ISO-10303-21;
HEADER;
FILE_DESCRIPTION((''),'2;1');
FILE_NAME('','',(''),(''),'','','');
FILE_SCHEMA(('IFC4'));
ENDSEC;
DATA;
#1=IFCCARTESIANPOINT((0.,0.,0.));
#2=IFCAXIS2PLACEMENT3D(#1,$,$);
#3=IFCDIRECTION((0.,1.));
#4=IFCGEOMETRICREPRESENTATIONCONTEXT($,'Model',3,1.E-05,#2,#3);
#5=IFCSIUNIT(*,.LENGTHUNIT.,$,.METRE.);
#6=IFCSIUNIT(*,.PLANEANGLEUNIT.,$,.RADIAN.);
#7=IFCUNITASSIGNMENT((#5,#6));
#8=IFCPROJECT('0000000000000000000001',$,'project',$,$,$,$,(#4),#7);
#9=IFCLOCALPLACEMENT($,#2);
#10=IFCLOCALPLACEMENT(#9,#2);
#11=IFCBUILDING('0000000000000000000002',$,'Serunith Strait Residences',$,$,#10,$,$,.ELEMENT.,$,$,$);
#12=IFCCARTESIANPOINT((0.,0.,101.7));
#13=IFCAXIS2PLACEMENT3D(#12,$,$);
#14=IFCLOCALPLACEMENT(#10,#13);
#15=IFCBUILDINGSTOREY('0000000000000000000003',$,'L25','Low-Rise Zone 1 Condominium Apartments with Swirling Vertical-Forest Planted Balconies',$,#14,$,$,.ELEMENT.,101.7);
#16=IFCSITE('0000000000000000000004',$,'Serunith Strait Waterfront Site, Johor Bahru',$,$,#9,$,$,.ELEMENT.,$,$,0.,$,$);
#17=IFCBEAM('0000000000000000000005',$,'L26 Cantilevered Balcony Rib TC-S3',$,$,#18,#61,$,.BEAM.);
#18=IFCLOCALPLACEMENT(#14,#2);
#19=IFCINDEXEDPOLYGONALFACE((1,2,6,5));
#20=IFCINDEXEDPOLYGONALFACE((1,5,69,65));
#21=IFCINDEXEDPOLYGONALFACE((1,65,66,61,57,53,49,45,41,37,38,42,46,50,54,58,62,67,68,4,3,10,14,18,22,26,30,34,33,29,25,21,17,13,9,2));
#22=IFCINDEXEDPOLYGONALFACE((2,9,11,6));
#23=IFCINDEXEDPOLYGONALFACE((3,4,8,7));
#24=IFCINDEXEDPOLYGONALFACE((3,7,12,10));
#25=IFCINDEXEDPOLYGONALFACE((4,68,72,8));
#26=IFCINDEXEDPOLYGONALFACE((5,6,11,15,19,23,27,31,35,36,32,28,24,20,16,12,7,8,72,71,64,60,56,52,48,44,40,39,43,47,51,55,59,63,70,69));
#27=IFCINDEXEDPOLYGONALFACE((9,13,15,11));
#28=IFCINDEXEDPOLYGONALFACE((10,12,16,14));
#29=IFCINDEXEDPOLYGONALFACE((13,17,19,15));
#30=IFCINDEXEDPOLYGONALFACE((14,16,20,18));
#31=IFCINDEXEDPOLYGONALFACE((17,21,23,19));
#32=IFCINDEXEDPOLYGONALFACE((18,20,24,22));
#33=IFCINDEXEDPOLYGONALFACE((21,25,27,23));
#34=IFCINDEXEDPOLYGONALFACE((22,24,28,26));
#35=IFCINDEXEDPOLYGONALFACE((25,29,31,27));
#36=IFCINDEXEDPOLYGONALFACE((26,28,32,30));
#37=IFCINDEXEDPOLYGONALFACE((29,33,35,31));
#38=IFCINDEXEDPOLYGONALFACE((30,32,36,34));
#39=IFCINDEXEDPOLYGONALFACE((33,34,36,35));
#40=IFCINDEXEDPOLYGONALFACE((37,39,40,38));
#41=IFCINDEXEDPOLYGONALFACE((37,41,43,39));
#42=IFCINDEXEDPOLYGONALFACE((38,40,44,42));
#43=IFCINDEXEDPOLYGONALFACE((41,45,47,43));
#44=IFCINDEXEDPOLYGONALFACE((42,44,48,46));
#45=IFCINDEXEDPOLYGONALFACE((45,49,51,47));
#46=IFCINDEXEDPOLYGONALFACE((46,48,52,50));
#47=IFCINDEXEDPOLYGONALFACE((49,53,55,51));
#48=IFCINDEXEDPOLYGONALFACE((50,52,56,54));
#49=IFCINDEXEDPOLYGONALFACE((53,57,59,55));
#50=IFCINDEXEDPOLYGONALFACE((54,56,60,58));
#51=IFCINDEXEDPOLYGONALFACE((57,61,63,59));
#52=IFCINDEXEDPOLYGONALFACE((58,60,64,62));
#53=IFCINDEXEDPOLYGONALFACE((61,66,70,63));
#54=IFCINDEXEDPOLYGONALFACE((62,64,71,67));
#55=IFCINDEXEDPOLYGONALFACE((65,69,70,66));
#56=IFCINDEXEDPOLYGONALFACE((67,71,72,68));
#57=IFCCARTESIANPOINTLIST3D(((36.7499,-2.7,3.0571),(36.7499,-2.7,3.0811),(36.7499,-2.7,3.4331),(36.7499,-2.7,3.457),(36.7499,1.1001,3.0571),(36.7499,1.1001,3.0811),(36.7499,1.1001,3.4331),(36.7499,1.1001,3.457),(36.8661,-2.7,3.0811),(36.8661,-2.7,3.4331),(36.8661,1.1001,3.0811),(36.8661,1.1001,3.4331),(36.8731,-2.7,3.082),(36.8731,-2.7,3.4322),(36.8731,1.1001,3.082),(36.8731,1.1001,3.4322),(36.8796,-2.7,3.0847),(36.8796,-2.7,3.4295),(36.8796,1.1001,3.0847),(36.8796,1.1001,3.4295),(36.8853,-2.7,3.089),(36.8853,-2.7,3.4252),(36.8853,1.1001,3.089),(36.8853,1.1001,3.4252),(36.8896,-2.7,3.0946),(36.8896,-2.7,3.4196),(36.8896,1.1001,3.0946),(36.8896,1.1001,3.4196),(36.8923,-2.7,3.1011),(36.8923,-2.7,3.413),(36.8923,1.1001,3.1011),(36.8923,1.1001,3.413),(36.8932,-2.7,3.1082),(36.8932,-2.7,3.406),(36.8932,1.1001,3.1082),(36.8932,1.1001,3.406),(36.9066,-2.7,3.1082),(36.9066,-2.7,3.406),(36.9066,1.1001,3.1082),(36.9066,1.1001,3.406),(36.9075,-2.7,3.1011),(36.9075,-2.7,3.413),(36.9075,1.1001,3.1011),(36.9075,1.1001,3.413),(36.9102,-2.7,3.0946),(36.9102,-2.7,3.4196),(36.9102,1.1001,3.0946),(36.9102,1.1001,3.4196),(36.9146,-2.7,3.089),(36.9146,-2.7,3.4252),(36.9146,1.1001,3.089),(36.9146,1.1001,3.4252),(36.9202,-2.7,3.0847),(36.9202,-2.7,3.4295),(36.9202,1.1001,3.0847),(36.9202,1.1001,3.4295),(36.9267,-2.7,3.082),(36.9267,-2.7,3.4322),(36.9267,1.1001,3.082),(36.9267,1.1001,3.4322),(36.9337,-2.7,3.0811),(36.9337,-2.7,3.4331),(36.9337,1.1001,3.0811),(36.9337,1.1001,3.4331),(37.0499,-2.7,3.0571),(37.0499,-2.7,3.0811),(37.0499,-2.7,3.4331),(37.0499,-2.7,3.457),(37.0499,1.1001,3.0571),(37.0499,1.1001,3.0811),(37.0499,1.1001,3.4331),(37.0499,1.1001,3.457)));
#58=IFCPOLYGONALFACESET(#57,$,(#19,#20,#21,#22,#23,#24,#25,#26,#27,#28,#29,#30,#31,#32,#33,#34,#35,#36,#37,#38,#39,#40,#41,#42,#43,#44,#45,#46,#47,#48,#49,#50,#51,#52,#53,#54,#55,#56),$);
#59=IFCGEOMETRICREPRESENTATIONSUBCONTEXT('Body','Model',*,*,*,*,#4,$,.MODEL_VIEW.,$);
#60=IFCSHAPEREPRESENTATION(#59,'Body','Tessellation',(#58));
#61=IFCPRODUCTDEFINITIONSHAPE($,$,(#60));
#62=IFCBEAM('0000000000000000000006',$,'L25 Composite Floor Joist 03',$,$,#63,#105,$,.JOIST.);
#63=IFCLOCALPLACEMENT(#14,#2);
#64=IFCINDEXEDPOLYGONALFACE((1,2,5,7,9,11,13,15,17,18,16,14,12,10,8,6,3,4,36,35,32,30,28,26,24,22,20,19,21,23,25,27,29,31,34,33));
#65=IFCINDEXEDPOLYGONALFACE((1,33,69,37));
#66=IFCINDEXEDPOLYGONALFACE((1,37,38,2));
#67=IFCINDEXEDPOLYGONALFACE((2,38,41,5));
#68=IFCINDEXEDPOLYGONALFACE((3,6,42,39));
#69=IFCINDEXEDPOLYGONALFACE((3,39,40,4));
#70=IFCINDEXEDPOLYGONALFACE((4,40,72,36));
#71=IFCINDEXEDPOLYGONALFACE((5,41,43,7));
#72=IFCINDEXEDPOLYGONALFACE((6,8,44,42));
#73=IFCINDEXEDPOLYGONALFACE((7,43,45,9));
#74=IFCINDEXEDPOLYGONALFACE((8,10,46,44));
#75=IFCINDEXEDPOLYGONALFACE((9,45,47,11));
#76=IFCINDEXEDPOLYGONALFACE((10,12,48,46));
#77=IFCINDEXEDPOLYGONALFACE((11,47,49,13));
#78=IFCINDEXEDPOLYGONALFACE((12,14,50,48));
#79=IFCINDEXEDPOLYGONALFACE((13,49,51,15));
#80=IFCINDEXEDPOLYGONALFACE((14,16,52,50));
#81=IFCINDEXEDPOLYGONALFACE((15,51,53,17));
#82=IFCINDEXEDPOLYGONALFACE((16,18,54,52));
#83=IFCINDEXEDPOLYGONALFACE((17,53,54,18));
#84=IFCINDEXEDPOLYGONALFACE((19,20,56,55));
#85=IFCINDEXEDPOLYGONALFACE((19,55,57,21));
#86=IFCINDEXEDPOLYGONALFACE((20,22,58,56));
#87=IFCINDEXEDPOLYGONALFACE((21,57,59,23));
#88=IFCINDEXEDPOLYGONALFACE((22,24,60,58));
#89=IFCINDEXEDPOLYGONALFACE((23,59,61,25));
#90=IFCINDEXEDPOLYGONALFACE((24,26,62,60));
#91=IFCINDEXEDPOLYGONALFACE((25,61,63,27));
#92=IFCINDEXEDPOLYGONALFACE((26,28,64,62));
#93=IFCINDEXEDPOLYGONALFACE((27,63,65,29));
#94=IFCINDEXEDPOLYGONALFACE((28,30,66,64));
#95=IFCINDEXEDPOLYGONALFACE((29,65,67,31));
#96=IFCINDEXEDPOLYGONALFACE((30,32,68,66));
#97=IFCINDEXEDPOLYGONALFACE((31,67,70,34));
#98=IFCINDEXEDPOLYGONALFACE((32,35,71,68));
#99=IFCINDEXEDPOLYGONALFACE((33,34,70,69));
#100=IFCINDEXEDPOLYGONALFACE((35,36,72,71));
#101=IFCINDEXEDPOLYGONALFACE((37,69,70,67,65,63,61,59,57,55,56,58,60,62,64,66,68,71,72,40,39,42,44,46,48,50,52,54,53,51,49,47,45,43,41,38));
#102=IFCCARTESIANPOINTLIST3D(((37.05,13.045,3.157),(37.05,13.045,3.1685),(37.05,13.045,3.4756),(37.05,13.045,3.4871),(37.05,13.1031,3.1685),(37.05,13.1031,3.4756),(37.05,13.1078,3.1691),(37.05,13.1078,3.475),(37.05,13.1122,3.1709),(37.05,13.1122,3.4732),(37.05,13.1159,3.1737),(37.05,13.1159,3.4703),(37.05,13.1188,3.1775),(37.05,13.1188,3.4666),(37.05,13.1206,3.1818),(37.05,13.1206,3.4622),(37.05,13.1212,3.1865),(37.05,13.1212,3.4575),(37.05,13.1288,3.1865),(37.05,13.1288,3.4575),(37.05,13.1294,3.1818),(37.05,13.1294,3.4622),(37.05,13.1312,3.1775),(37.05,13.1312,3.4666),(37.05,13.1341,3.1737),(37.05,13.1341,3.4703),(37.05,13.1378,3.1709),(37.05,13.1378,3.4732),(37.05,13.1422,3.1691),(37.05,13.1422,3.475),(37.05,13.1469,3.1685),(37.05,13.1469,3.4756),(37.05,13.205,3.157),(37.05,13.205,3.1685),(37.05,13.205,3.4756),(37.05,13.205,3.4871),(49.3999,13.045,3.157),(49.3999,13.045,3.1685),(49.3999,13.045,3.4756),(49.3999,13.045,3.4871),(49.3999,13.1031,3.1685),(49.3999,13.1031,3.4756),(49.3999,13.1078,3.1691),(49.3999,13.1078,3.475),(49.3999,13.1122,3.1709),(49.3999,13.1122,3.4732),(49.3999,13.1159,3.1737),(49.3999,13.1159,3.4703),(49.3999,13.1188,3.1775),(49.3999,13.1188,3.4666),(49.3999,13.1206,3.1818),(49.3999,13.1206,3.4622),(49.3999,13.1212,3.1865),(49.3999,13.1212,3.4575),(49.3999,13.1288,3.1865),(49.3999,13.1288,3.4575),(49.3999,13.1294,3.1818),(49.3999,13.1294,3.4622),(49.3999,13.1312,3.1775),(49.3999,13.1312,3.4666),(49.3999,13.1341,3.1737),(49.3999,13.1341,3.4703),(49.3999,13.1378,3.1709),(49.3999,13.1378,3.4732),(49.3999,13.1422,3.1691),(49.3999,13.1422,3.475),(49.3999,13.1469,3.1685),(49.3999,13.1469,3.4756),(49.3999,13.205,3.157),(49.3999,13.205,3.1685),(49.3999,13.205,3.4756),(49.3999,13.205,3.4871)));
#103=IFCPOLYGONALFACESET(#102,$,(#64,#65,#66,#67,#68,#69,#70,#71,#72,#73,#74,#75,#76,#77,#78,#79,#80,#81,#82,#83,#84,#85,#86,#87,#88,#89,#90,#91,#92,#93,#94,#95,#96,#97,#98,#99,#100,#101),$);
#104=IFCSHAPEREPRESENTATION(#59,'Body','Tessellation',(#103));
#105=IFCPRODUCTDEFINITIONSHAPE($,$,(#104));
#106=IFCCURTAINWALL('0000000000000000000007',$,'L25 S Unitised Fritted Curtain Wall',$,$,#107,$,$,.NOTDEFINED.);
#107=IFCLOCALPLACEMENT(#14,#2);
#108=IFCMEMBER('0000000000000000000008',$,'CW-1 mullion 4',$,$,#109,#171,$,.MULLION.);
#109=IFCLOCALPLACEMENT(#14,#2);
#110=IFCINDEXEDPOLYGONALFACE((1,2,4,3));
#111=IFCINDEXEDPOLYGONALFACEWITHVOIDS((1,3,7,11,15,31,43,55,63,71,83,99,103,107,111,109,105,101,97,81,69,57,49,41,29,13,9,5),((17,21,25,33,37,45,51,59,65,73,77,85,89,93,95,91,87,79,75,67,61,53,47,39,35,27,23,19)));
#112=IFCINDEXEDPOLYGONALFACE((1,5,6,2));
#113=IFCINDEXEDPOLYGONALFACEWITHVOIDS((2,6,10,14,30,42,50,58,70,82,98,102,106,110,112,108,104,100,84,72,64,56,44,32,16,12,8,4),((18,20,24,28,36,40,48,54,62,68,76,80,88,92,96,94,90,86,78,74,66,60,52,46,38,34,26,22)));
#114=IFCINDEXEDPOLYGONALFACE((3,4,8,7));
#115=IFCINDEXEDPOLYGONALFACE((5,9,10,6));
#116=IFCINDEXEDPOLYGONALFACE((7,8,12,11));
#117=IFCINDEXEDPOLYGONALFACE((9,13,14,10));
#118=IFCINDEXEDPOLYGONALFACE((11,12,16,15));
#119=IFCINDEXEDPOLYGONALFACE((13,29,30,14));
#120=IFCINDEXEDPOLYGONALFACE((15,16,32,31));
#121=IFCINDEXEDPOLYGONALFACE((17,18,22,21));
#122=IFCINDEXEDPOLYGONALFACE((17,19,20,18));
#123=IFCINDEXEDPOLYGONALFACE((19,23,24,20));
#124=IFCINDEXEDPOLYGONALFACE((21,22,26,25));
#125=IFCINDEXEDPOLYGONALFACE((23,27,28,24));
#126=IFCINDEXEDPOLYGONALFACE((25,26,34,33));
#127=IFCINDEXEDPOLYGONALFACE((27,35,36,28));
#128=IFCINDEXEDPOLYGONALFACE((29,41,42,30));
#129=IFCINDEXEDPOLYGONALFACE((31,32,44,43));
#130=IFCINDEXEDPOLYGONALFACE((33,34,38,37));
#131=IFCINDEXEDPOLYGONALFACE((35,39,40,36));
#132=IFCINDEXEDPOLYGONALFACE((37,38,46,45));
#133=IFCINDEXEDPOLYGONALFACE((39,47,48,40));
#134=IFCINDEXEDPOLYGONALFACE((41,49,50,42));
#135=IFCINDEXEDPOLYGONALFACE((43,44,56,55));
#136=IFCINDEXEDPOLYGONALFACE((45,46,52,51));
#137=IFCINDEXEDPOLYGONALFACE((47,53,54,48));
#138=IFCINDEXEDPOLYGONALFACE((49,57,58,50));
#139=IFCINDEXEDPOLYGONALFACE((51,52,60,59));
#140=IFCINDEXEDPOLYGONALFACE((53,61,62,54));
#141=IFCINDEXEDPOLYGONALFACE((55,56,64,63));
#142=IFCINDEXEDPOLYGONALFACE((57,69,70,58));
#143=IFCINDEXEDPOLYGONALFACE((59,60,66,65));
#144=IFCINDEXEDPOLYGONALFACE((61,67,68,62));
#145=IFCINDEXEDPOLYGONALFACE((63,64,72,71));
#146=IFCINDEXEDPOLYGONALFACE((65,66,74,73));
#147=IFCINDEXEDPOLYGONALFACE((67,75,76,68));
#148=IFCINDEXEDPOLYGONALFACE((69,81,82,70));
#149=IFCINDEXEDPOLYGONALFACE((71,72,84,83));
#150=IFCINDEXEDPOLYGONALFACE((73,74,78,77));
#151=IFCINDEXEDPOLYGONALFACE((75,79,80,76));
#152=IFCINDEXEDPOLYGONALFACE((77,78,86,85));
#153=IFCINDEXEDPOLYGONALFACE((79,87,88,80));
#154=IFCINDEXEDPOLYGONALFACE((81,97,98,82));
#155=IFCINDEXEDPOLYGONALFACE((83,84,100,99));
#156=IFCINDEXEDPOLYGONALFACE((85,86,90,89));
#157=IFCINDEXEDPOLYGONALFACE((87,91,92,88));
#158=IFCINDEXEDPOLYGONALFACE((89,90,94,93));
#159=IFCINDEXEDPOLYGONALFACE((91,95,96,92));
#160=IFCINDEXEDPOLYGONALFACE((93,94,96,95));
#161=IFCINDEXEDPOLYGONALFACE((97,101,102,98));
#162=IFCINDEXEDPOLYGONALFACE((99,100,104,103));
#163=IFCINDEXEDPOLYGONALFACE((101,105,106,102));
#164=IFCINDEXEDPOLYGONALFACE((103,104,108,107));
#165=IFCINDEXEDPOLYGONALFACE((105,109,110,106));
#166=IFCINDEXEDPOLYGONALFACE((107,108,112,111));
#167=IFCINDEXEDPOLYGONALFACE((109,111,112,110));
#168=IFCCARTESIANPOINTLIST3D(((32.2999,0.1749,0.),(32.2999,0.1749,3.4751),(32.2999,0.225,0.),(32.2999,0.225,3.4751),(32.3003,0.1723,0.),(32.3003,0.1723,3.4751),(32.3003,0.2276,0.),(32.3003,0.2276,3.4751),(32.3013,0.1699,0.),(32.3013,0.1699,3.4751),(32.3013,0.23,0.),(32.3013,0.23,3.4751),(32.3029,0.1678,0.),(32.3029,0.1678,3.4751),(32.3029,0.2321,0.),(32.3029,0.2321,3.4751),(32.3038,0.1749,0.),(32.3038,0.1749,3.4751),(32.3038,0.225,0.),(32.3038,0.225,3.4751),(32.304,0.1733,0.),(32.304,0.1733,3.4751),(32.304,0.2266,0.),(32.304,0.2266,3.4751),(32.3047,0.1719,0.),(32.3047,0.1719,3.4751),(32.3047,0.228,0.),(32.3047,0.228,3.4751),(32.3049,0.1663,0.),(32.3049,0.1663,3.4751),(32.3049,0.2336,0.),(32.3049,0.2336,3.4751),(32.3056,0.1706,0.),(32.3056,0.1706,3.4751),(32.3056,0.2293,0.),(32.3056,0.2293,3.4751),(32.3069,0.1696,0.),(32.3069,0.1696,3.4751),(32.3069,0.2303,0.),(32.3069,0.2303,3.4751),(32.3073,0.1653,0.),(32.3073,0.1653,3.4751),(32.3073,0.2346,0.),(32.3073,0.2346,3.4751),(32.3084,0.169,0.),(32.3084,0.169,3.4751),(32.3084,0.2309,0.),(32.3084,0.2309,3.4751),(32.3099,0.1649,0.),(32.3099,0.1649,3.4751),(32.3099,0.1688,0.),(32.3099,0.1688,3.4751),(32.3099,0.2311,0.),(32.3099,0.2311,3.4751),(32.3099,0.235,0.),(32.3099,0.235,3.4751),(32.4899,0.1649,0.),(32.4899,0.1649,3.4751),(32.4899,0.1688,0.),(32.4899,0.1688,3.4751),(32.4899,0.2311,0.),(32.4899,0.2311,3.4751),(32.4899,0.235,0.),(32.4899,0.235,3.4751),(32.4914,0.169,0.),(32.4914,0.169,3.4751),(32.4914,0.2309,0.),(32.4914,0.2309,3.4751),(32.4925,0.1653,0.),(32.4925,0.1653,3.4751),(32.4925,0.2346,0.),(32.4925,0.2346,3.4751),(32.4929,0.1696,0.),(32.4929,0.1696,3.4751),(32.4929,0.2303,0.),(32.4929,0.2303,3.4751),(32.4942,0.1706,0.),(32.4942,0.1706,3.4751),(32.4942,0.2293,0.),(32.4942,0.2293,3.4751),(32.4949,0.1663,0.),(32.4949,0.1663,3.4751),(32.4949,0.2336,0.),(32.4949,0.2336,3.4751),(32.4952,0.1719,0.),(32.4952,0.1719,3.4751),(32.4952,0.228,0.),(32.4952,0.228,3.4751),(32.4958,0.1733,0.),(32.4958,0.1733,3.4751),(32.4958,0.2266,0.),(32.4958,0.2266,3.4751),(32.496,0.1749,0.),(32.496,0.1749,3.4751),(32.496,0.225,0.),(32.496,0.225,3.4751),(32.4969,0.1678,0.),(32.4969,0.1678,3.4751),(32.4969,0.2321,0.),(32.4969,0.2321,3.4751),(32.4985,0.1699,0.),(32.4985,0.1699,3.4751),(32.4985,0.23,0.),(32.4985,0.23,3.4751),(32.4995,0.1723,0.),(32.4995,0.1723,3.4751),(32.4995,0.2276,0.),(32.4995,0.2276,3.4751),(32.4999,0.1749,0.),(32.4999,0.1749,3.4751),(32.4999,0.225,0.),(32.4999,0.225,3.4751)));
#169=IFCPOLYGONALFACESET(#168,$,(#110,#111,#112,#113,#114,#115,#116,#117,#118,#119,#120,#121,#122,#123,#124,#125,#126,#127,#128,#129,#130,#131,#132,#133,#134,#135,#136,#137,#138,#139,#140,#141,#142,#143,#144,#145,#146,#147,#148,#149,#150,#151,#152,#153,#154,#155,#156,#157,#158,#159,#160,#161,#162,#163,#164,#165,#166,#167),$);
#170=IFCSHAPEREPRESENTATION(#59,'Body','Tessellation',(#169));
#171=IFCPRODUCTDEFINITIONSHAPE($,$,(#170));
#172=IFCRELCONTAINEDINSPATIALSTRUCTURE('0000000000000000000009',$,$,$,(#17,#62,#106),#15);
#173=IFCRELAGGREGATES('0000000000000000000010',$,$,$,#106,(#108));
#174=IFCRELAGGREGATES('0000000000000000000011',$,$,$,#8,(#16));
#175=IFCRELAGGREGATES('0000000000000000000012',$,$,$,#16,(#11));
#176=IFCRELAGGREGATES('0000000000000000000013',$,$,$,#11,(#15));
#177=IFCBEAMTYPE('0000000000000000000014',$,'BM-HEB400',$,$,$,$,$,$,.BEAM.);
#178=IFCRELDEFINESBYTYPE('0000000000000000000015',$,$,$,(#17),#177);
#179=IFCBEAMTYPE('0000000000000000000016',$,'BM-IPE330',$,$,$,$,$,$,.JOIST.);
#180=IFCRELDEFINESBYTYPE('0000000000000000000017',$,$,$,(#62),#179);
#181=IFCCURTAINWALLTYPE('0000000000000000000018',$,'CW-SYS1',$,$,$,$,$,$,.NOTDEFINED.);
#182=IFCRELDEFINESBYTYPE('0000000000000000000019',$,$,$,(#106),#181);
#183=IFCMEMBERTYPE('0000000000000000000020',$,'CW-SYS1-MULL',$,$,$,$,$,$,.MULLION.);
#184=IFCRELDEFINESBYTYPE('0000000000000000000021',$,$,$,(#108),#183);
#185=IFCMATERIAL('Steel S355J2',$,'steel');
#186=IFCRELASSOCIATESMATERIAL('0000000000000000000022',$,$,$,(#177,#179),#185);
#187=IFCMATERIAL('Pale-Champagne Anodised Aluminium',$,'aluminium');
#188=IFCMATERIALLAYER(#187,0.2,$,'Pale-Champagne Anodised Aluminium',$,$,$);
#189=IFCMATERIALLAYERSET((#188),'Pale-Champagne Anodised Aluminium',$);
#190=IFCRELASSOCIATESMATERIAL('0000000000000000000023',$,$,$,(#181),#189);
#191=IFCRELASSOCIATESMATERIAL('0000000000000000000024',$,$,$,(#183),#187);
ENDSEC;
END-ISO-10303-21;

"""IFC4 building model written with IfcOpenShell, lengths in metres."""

from ifc_helpers import new_model, si_unit, direction, frame, origin, origin_2d, place, context, subcontext, project, spatial, hollow_rectangle, i_section, extrude, source, transform, mapped, material, layer, layer_set, material_profile, profile_set, type_object, element, aggregate, save


model = new_model("IFC4")

# Units and contexts
model_context = context("Model", 3, precision=1e-05, world=origin(), true_north=direction((0.0, 1.0)))
body_context = subcontext(model_context, "Body", "Model", "MODEL_VIEW")
ifc_project = project(units=[si_unit("LENGTHUNIT", "METRE"), si_unit("PLANEANGLEUNIT", "RADIAN")], contexts=[model_context])

# Site, building, storey
site_placement = place(None, origin())
site = spatial("IfcSite", under=ifc_project, at=site_placement, Name="Serunith Strait Waterfront Site, Johor Bahru", CompositionType="ELEMENT", RefElevation=0.0)
building_placement = place(site_placement, origin())
building = spatial("IfcBuilding", under=site, at=building_placement, Name="Serunith Strait Residences", CompositionType="ELEMENT")
storey_placement = place(building_placement, frame((0.0, 0.0, 101.7)))
storey = spatial("IfcBuildingStorey", under=building, at=storey_placement, Name="L25", Description="Low-Rise Zone 1 Condominium Apartments with Swirling Vertical-Forest Planted Balconies", CompositionType="ELEMENT", Elevation=101.7)

# Beams
ifc_material_1 = material(Name="Steel S355J2", Category="steel")
ifc_material_profile_1 = material_profile(ifc_material_1, i_section(OverallWidth=0.3, OverallDepth=0.3999, WebThickness=0.0134, FlangeThickness=0.0239, FilletRadius=0.0271, at=origin_2d()), Name="HEB 400")
ifc_profile_set_1 = profile_set([ifc_material_profile_1], Name="Steel S355J2")
beam_type_1 = type_object("IfcBeamType", Name="BM-HEB400", PredefinedType="BEAM", material=ifc_profile_set_1)
shared_shape_1 = source(origin(), body_context, "Body", "SweptSolid", [
    extrude(i_section(OverallWidth=0.3, OverallDepth=0.3999, WebThickness=0.0134, FlangeThickness=0.0239, FilletRadius=0.0271, at=origin_2d()), origin(), (0.0, 0.0, 1.0), 3.8),
])
beam_1_placement = place(storey_placement, frame((36.8999, 1.1001, 3.2571), z_axis=(0.0, -1.0, 0.0), x_axis=(1.0, 0.0, 0.0)))
element("IfcBeam", 1, at=beam_1_placement, inside=storey, type_object=beam_type_1, Name="L26 Cantilevered Balcony Rib TC-S3", PredefinedType="BEAM", context=body_context, shape_type="MappedRepresentation", body=[
    mapped(shared_shape_1, transform((0.0, 0.0, 0.0), scale=1.0)),
])
ifc_material_profile_2 = material_profile(ifc_material_1, i_section(OverallWidth=0.1599, OverallDepth=0.3301, WebThickness=0.0076, FlangeThickness=0.0115, FilletRadius=0.0181, at=origin_2d()), Name="IPE 330")
ifc_profile_set_2 = profile_set([ifc_material_profile_2], Name="Steel S355J2")
beam_type_2 = type_object("IfcBeamType", Name="BM-IPE330", PredefinedType="JOIST", material=ifc_profile_set_2)
shared_shape_2 = source(origin(), body_context, "Body", "SweptSolid", [
    extrude(i_section(OverallWidth=0.1599, OverallDepth=0.3301, WebThickness=0.0076, FlangeThickness=0.0115, FilletRadius=0.0181, at=origin_2d()), origin(), (0.0, 0.0, 1.0), 12.3499),
])
beam_2_placement = place(storey_placement, frame((37.05, 13.125, 3.322), z_axis=(1.0, 0.0, 0.0), x_axis=(0.0, 1.0, 0.0)))
element("IfcBeam", 2, at=beam_2_placement, inside=storey, type_object=beam_type_2, Name="L25 Composite Floor Joist 03", PredefinedType="JOIST", context=body_context, shape_type="MappedRepresentation", body=[
    mapped(shared_shape_2, transform((0.0, 0.0, 0.0), scale=1.0)),
])

# Curtain wall, member
ifc_material_2 = material(Name="Pale-Champagne Anodised Aluminium", Category="aluminium")
ifc_layer_1 = layer(ifc_material_2, 0.2, Name="Pale-Champagne Anodised Aluminium")
ifc_layer_set_1 = layer_set([ifc_layer_1], Name="Pale-Champagne Anodised Aluminium")
curtain_wall_type = type_object("IfcCurtainWallType", Name="CW-SYS1", PredefinedType="NOTDEFINED", material=ifc_layer_set_1)
curtain_wall_placement = place(storey_placement, origin())
curtain_wall = element("IfcCurtainWall", 3, at=curtain_wall_placement, inside=storey, type_object=curtain_wall_type, Name="L25 S Unitised Fritted Curtain Wall", PredefinedType="NOTDEFINED")
ifc_material_profile_3 = material_profile(ifc_material_2, hollow_rectangle(XDim=0.0701, YDim=0.2, WallThickness=0.0039, InnerFilletRadius=0.0061, OuterFilletRadius=0.01, at=origin_2d()), Name="ALU 200x70x4")
ifc_profile_set_3 = profile_set([ifc_material_profile_3], Name="Pale-Champagne Anodised Aluminium")
member_type_1 = type_object("IfcMemberType", Name="CW-SYS1-MULL", PredefinedType="MULLION", material=ifc_profile_set_3)
shared_shape_3 = source(origin(), body_context, "Body", "SweptSolid", [
    extrude(hollow_rectangle(XDim=0.0701, YDim=0.2, WallThickness=0.0039, InnerFilletRadius=0.0061, OuterFilletRadius=0.01, at=origin_2d()), origin(), (0.0, 0.0, 1.0), 3.4751),
])
member_1_placement = place(storey_placement, frame((32.3999, 0.2, 0.0), z_axis=(0.0, 0.0, 1.0), x_axis=(0.0, 1.0, 0.0)))
member_1 = element("IfcMember", 4, at=member_1_placement, type_object=member_type_1, Name="CW-1 mullion 4", PredefinedType="MULLION", context=body_context, shape_type="MappedRepresentation", body=[
    mapped(shared_shape_3, transform((0.0, 0.0, 0.0), scale=1.0)),
])
aggregate(curtain_wall, [member_1])

save(model, "model.ifc")
